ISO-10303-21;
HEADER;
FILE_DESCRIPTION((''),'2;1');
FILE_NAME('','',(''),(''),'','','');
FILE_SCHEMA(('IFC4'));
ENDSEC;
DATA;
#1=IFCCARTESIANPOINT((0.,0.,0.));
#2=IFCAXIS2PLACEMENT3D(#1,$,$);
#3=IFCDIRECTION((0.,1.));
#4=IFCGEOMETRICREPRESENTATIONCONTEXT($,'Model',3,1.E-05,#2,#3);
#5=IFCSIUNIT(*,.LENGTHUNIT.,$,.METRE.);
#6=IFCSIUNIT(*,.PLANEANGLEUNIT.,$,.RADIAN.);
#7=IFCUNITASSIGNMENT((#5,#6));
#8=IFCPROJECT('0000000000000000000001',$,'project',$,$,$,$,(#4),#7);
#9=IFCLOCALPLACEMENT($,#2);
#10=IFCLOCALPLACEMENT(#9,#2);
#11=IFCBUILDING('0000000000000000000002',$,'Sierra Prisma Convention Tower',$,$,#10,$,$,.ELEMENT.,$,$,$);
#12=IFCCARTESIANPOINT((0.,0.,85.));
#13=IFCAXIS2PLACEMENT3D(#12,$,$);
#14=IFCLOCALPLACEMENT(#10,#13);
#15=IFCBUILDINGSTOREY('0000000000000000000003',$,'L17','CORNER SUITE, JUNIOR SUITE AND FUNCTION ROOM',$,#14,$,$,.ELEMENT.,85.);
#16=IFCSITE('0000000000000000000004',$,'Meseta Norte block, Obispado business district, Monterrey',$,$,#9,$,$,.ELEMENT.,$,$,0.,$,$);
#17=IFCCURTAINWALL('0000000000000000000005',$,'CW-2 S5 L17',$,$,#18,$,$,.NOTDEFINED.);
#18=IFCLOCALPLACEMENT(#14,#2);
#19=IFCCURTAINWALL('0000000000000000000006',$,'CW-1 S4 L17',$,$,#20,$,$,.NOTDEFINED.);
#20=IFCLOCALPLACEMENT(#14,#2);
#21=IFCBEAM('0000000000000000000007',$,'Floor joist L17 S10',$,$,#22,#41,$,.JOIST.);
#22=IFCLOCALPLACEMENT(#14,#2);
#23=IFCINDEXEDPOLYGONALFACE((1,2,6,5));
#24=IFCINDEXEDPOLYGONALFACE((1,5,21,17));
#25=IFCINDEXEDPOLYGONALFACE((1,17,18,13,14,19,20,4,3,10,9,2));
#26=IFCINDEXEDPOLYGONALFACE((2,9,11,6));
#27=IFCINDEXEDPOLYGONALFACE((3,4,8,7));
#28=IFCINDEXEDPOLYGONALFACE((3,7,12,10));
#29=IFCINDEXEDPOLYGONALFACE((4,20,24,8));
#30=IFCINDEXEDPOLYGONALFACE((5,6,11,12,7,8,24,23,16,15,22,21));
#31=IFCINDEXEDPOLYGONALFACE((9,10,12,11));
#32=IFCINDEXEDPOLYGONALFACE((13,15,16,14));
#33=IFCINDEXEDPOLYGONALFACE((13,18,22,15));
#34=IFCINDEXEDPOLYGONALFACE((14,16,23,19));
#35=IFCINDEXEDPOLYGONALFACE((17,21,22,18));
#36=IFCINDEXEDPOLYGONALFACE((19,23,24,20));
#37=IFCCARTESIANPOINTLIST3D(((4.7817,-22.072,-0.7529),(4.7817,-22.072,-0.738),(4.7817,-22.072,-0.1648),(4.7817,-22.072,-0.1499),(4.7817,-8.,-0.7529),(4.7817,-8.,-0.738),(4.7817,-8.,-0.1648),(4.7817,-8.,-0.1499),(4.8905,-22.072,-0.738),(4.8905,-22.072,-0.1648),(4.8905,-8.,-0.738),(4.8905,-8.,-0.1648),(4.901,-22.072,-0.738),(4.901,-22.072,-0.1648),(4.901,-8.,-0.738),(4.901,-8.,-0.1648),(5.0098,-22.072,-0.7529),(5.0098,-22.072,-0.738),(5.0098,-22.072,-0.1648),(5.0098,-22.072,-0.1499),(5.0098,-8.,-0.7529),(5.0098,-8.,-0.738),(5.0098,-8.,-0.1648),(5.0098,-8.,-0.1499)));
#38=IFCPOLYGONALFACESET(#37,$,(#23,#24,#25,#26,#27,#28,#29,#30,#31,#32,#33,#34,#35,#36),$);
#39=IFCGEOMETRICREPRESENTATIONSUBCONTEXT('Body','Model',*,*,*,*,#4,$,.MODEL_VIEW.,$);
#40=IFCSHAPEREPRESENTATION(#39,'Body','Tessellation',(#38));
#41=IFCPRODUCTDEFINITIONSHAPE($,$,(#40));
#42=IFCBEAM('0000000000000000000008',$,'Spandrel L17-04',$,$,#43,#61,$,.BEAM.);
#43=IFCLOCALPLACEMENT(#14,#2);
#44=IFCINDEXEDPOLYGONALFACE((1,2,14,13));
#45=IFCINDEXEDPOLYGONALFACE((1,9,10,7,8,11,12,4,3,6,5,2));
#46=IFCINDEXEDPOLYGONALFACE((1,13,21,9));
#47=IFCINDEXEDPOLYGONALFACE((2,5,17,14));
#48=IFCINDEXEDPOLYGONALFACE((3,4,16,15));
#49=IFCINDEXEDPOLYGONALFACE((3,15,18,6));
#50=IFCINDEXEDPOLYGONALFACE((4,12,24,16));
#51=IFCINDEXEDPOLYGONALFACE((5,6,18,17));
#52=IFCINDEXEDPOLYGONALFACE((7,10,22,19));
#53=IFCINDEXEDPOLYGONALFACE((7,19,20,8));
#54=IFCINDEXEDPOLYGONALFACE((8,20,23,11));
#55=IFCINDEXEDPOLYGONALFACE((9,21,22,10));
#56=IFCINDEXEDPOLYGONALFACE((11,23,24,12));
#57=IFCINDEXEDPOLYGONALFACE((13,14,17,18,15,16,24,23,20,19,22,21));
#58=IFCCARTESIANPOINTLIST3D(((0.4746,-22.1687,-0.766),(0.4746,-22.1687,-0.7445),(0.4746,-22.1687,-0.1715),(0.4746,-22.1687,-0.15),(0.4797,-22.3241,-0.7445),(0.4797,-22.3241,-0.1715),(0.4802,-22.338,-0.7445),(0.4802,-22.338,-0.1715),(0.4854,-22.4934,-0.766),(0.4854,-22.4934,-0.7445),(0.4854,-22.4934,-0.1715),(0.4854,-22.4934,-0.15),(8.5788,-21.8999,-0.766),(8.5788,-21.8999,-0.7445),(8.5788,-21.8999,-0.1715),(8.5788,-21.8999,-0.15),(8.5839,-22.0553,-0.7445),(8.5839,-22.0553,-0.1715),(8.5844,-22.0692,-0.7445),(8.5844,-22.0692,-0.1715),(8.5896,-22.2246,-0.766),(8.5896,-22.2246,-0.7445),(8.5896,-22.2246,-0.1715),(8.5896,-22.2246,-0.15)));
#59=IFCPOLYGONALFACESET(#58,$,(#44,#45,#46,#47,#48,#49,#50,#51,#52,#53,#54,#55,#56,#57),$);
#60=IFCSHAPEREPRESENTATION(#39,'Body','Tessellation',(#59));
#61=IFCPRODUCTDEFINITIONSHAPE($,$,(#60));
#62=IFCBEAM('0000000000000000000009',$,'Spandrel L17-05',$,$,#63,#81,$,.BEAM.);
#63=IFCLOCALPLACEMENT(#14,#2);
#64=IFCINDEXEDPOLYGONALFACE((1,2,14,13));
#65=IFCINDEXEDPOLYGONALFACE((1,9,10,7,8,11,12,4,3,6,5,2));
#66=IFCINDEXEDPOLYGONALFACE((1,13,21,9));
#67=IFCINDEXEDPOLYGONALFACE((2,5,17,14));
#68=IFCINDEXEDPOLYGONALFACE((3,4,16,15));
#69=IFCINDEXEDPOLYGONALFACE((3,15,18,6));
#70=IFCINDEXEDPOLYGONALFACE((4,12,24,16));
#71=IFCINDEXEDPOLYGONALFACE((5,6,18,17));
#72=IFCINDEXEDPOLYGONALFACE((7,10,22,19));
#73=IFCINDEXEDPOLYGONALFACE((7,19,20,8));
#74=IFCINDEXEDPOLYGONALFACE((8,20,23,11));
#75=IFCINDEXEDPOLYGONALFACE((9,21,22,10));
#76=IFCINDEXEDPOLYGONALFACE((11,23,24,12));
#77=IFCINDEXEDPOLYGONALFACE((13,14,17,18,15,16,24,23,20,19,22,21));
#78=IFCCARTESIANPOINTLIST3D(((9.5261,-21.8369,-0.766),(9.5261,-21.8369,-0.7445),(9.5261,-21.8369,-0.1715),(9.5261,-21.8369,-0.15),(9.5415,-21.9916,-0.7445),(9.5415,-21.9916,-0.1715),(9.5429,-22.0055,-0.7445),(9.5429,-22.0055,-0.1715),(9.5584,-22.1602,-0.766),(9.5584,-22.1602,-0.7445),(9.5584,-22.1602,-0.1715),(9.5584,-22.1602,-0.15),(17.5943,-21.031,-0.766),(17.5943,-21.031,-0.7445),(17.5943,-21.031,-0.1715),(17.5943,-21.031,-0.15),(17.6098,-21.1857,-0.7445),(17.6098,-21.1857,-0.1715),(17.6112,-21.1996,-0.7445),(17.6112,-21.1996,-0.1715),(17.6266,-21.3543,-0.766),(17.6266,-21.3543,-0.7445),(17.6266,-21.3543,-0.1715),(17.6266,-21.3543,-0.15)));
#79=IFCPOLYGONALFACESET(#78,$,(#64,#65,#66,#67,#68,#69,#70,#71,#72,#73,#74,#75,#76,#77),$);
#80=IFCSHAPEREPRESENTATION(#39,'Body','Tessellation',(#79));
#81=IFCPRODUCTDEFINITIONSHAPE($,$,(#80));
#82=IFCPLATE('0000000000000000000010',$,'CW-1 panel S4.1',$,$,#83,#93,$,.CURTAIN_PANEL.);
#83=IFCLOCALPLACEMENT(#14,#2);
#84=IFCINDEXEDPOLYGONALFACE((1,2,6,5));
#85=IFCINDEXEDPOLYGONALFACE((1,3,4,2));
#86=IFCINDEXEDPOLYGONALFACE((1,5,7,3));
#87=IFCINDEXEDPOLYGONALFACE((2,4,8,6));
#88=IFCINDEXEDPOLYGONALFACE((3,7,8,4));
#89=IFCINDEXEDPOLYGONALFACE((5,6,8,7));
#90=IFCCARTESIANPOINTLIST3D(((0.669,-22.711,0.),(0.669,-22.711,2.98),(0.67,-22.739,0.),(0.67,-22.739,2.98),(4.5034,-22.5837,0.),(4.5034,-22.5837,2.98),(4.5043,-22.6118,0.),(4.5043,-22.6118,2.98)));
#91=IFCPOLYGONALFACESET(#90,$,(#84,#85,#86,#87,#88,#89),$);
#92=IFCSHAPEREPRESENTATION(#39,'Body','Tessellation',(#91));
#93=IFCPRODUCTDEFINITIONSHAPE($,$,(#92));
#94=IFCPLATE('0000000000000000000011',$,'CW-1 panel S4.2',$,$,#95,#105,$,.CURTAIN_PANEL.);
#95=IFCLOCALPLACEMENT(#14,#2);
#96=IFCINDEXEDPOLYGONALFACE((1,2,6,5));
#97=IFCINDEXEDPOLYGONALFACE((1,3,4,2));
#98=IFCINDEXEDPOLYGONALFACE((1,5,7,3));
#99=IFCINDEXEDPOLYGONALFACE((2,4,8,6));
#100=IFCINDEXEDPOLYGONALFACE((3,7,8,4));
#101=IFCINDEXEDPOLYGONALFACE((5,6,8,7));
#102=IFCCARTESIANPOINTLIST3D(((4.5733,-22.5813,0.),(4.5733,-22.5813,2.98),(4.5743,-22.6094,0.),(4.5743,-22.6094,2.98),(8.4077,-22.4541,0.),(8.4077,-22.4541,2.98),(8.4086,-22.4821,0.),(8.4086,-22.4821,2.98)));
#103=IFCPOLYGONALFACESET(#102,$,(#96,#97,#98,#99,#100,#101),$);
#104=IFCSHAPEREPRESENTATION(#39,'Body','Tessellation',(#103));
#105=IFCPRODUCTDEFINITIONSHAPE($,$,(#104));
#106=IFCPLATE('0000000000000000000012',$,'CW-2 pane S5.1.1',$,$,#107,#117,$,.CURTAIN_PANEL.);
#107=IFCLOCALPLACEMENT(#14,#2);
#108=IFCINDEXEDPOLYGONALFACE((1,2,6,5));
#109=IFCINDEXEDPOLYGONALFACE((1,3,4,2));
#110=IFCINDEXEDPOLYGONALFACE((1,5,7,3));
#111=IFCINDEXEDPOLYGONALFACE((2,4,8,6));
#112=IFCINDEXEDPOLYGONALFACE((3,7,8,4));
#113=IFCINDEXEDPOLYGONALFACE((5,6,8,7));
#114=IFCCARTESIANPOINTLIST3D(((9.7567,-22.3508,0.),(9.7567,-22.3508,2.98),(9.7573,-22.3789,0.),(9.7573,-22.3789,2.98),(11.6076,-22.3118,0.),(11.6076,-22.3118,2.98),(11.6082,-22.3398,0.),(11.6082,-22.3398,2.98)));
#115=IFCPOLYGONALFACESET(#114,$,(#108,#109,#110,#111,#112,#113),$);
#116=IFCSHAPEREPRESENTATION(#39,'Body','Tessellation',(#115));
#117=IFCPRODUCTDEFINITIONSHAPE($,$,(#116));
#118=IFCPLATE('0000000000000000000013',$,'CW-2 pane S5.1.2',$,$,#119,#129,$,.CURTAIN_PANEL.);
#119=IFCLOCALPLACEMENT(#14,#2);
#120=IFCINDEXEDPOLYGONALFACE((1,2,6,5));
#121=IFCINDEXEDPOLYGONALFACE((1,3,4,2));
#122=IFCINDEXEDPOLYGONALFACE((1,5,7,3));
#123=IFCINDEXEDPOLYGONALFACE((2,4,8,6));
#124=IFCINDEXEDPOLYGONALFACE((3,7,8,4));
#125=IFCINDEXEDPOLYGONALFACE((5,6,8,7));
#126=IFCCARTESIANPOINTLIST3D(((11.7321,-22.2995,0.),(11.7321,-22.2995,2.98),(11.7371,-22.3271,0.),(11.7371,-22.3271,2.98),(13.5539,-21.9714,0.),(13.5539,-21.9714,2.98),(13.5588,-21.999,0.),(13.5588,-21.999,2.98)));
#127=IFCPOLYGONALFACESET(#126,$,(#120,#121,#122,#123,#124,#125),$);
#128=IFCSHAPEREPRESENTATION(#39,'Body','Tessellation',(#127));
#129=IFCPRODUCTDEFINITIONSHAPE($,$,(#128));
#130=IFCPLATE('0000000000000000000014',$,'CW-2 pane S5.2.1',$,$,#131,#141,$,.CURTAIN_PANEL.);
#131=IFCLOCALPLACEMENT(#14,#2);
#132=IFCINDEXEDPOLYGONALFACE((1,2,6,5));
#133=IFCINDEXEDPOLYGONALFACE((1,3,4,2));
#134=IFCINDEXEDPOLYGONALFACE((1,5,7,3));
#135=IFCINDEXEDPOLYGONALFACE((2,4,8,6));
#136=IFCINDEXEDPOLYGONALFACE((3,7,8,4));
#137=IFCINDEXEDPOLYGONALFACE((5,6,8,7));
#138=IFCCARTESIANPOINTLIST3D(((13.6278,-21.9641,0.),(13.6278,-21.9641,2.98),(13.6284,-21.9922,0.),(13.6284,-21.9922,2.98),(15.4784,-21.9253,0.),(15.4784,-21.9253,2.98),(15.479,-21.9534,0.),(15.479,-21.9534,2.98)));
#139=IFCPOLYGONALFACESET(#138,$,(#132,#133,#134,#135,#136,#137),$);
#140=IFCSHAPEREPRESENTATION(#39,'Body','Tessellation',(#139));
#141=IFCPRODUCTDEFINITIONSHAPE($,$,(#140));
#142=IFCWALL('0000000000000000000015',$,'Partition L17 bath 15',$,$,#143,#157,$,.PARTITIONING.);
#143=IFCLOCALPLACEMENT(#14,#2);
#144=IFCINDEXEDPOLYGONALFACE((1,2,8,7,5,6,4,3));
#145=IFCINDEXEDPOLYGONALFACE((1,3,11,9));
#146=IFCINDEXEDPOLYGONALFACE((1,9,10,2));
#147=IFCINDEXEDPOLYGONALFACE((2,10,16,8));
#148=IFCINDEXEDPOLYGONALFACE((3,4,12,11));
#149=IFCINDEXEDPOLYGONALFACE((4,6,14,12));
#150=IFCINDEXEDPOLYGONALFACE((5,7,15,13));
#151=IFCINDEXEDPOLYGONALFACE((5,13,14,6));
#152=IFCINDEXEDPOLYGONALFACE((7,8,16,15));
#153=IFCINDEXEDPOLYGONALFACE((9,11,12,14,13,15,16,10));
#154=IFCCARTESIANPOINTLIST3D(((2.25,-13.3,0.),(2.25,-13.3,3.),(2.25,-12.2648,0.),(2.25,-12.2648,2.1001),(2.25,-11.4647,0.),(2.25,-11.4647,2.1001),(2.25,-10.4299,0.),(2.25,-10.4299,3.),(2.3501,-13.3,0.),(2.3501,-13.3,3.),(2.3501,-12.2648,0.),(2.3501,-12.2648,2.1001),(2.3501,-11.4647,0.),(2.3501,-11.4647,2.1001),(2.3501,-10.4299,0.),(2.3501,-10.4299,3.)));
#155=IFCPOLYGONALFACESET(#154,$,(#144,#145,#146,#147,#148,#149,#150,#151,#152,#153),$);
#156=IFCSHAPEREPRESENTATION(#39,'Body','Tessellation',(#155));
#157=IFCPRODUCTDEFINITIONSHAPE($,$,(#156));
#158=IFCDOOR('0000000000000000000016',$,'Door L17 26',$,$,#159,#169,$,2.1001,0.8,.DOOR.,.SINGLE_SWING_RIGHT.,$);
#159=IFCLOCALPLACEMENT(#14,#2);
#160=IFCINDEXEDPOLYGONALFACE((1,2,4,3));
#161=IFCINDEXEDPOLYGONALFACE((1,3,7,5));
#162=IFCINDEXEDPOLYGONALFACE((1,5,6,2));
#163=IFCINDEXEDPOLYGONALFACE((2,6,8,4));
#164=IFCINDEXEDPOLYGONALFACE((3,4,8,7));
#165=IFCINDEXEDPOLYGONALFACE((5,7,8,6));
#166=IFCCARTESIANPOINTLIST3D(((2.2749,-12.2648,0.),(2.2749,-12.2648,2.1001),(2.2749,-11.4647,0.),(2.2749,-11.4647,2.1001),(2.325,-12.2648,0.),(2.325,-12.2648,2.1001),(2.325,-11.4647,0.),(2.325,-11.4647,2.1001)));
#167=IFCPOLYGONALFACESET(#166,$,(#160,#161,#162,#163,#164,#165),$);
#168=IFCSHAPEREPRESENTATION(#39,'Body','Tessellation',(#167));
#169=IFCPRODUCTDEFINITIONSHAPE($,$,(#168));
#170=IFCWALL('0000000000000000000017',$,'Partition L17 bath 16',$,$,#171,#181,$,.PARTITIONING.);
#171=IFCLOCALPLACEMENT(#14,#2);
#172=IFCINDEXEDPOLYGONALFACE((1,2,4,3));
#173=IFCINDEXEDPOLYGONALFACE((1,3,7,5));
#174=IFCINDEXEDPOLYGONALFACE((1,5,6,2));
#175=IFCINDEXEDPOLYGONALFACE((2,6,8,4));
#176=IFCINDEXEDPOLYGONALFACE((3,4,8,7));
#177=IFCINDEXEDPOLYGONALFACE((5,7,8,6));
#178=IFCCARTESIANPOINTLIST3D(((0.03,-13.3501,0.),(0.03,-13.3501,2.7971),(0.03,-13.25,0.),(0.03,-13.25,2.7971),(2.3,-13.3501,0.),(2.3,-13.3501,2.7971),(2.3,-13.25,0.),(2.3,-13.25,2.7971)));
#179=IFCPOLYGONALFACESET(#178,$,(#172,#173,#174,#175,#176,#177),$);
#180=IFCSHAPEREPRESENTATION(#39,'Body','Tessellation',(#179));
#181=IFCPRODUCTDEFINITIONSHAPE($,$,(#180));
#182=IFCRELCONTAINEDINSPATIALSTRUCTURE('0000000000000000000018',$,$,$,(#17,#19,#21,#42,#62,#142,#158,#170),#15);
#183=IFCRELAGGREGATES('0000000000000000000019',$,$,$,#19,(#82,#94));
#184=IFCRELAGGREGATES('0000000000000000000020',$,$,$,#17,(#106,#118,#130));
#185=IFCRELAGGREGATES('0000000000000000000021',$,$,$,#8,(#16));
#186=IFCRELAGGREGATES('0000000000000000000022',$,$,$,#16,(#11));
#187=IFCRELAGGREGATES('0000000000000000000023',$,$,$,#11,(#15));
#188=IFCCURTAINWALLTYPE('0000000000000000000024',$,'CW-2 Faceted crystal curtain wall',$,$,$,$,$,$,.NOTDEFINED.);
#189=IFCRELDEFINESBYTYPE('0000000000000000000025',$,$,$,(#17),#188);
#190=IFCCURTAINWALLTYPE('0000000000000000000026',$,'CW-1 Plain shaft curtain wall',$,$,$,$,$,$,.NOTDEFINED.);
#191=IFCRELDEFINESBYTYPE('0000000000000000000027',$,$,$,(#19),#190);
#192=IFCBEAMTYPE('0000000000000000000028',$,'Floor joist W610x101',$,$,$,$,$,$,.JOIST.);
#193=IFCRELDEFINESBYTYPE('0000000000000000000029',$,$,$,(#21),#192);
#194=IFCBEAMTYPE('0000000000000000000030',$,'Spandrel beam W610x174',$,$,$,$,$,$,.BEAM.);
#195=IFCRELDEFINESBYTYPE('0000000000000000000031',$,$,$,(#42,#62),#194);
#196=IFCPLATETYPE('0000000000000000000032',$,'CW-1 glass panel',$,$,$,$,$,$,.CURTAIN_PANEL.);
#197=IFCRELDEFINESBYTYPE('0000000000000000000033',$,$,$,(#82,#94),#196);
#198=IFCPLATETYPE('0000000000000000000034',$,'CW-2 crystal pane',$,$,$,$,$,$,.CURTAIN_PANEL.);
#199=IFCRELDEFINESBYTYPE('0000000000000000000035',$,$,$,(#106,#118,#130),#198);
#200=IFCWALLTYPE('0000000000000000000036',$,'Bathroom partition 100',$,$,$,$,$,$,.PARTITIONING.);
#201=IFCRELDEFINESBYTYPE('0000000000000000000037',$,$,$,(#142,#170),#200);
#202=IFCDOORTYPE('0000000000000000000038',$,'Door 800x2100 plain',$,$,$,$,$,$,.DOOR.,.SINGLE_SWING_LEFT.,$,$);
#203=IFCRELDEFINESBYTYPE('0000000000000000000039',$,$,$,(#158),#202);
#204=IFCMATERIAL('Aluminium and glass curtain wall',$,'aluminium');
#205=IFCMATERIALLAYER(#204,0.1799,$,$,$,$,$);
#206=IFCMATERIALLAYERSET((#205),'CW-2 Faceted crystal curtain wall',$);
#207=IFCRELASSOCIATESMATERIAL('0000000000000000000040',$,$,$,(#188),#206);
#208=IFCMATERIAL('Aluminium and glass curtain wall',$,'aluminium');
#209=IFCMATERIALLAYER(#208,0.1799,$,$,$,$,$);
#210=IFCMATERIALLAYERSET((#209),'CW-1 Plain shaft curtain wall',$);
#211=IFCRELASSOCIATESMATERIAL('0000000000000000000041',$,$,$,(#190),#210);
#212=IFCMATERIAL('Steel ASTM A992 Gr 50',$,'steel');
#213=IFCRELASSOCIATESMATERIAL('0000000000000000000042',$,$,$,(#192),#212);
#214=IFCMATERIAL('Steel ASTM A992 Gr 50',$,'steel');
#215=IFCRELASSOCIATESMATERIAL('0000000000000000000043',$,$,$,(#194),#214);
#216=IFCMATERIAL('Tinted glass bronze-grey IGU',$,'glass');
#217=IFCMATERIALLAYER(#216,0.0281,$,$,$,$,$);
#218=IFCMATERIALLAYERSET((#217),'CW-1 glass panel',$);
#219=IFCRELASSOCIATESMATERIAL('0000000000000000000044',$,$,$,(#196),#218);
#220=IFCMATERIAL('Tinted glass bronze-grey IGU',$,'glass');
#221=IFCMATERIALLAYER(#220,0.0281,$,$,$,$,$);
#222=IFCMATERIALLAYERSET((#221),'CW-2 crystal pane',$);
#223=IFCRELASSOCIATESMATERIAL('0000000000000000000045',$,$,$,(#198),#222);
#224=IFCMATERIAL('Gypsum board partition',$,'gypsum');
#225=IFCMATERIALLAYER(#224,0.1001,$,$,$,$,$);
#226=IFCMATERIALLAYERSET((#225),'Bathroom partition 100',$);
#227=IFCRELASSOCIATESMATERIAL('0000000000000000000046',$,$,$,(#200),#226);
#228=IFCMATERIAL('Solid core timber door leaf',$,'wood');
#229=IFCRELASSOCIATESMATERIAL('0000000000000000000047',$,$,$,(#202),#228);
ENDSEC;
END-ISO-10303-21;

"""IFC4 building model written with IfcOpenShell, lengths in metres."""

from ifc_helpers import new_model, si_unit, direction, frame, frame_2d, origin, origin_2d, place, context, subcontext, project, spatial, polyline, rectangle, i_section, outline, extrude, material, layer, layer_set, material_profile, profile_set, type_object, element, fill, aggregate, save


model = new_model("IFC4")

# Units and contexts
model_context = context("Model", 3, precision=1e-05, world=origin(), true_north=direction((0.0, 1.0)))
body_context = subcontext(model_context, "Body", "Model", "MODEL_VIEW")
ifc_project = project(units=[si_unit("LENGTHUNIT", "METRE"), si_unit("PLANEANGLEUNIT", "RADIAN")], contexts=[model_context])

# Site, building, storey
site_placement = place(None, origin())
site = spatial("IfcSite", under=ifc_project, at=site_placement, Name="Meseta Norte block, Obispado business district, Monterrey", CompositionType="ELEMENT", RefElevation=0.0)
building_placement = place(site_placement, origin())
building = spatial("IfcBuilding", under=site, at=building_placement, Name="Sierra Prisma Convention Tower", CompositionType="ELEMENT")
storey_placement = place(building_placement, frame((0.0, 0.0, 85.0)))
storey = spatial("IfcBuildingStorey", under=building, at=storey_placement, Name="L17", Description="CORNER SUITE, JUNIOR SUITE AND FUNCTION ROOM", CompositionType="ELEMENT", Elevation=85.0)

# Curtain wall
ifc_material_1 = material(Name="Aluminium and glass curtain wall", Category="aluminium")
ifc_layer_1 = layer(ifc_material_1, 0.1799)
ifc_layer_set_1 = layer_set([ifc_layer_1], Name="CW-2 Faceted crystal curtain wall")
curtain_wall_type_1 = type_object("IfcCurtainWallType", Name="CW-2 Faceted crystal curtain wall", PredefinedType="NOTDEFINED", material=ifc_layer_set_1)
curtain_wall_1_placement = place(storey_placement, origin())
curtain_wall_1 = element("IfcCurtainWall", 1, at=curtain_wall_1_placement, inside=storey, type_object=curtain_wall_type_1, Name="CW-2 S5 L17", PredefinedType="NOTDEFINED")

# Curtain wall
ifc_material_2 = material(Name="Aluminium and glass curtain wall", Category="aluminium")
ifc_layer_2 = layer(ifc_material_2, 0.1799)
ifc_layer_set_2 = layer_set([ifc_layer_2], Name="CW-1 Plain shaft curtain wall")
curtain_wall_type_2 = type_object("IfcCurtainWallType", Name="CW-1 Plain shaft curtain wall", PredefinedType="NOTDEFINED", material=ifc_layer_set_2)
curtain_wall_2_placement = place(storey_placement, origin())
curtain_wall_2 = element("IfcCurtainWall", 2, at=curtain_wall_2_placement, inside=storey, type_object=curtain_wall_type_2, Name="CW-1 S4 L17", PredefinedType="NOTDEFINED")

# Beams
ifc_material_3 = material(Name="Steel ASTM A992 Gr 50", Category="steel")
ifc_material_profile_1 = material_profile(ifc_material_3, i_section(OverallWidth=0.228, OverallDepth=0.603, WebThickness=0.0105, FlangeThickness=0.0149, at=origin_2d()), Name="W610x101")
ifc_profile_set_1 = profile_set([ifc_material_profile_1], Name="Steel ASTM A992 Gr 50")
beam_type_1 = type_object("IfcBeamType", Name="Floor joist W610x101", PredefinedType="JOIST", material=ifc_profile_set_1)
beam_1_placement = place(storey_placement, frame((4.8958, -22.072, -0.4514), z_axis=(0.0, 1.0, 0.0), x_axis=(-1.0, 0.0, 0.0)))
element("IfcBeam", 3, at=beam_1_placement, inside=storey, type_object=beam_type_1, Name="Floor joist L17 S10", PredefinedType="JOIST", context=body_context, shape_type="SweptSolid", body=[
    extrude(i_section(OverallWidth=0.228, OverallDepth=0.603, WebThickness=0.0105, FlangeThickness=0.0149, at=origin_2d()), origin(), (0.0, 0.0, 1.0), 14.072),
])
ifc_material_4 = material(Name="Steel ASTM A992 Gr 50", Category="steel")
ifc_material_profile_2 = material_profile(ifc_material_4, i_section(OverallWidth=0.325, OverallDepth=0.616, WebThickness=0.0139, FlangeThickness=0.0215, at=origin_2d()), Name="W610x174")
ifc_profile_set_2 = profile_set([ifc_material_profile_2], Name="Steel ASTM A992 Gr 50")
beam_type_2 = type_object("IfcBeamType", Name="Spandrel beam W610x174", PredefinedType="BEAM", material=ifc_profile_set_2)
beam_2_placement = place(storey_placement, frame((0.48, -22.3311, -0.458), z_axis=(0.99945, 0.033149, 0.0), x_axis=(-0.033149, 0.99945, 0.0)))
element("IfcBeam", 4, at=beam_2_placement, inside=storey, type_object=beam_type_2, Name="Spandrel L17-04", PredefinedType="BEAM", context=body_context, shape_type="SweptSolid", body=[
    extrude(i_section(OverallWidth=0.325, OverallDepth=0.616, WebThickness=0.0139, FlangeThickness=0.0215, at=origin_2d()), origin(), (0.0, 0.0, 1.0), 8.1086),
])
beam_3_placement = place(storey_placement, frame((9.5422, -21.9985, -0.458), z_axis=(0.995049, 0.09939, 0.0), x_axis=(-0.09939, 0.995049, 0.0)))
element("IfcBeam", 5, at=beam_3_placement, inside=storey, type_object=beam_type_2, Name="Spandrel L17-05", PredefinedType="BEAM", context=body_context, shape_type="SweptSolid", body=[
    extrude(i_section(OverallWidth=0.325, OverallDepth=0.616, WebThickness=0.0139, FlangeThickness=0.0215, at=origin_2d()), origin(), (0.0, 0.0, 1.0), 8.1084),
])

# Plates
ifc_material_5 = material(Name="Tinted glass bronze-grey IGU", Category="glass")
ifc_layer_3 = layer(ifc_material_5, 0.0281)
ifc_layer_set_3 = layer_set([ifc_layer_3], Name="CW-1 glass panel")
plate_type_1 = type_object("IfcPlateType", Name="CW-1 glass panel", PredefinedType="CURTAIN_PANEL", material=ifc_layer_set_3)
plate_1_placement = place(storey_placement, frame((2.5867, -22.6614, 0.0), z_axis=(0.0, 0.0, 1.0), x_axis=(0.99945, 0.033176, 0.0)))
plate_1 = element("IfcPlate", 6, at=plate_1_placement, type_object=plate_type_1, Name="CW-1 panel S4.1", PredefinedType="CURTAIN_PANEL", context=body_context, shape_type="SweptSolid", body=[
    extrude(rectangle(XDim=3.8364, YDim=0.0281, at=origin_2d()), origin(), (0.0, 0.0, 1.0), 2.98),
])
plate_2_placement = place(storey_placement, frame((6.491, -22.5317, 0.0), z_axis=(0.0, 0.0, 1.0), x_axis=(0.99945, 0.033176, 0.0)))
plate_2 = element("IfcPlate", 7, at=plate_2_placement, type_object=plate_type_1, Name="CW-1 panel S4.2", PredefinedType="CURTAIN_PANEL", context=body_context, shape_type="SweptSolid", body=[
    extrude(rectangle(XDim=3.8364, YDim=0.0281, at=origin_2d()), origin(), (0.0, 0.0, 1.0), 2.98),
])
aggregate(curtain_wall_2, [plate_1, plate_2])
ifc_material_6 = material(Name="Tinted glass bronze-grey IGU", Category="glass")
ifc_layer_4 = layer(ifc_material_6, 0.0281)
ifc_layer_set_4 = layer_set([ifc_layer_4], Name="CW-2 crystal pane")
plate_type_2 = type_object("IfcPlateType", Name="CW-2 crystal pane", PredefinedType="CURTAIN_PANEL", material=ifc_layer_set_4)
plate_3_placement = place(storey_placement, frame((9.7573, -22.3789, 0.0), z_axis=(0.021101, -0.999777, 0.0), x_axis=(0.999777, 0.021101, 0.0)))
plate_3 = element("IfcPlate", 8, at=plate_3_placement, type_object=plate_type_2, Name="CW-2 pane S5.1.1", PredefinedType="CURTAIN_PANEL", context=body_context, shape_type="SweptSolid", body=[
    extrude(outline(polyline([(0.0, 0.0), (1.8512, 0.0), (1.8512, 2.98), (0.0, 2.98), (0.0, 0.0)])), origin(), (0.0, 0.0, -1.0), 0.0281),
])
plate_4_placement = place(storey_placement, frame((13.5588, -21.999, 0.0), z_axis=(0.17726, -0.984164, 0.0), x_axis=(-0.984164, -0.17726, 0.0)))
plate_4 = element("IfcPlate", 9, at=plate_4_placement, type_object=plate_type_2, Name="CW-2 pane S5.1.2", PredefinedType="CURTAIN_PANEL", context=body_context, shape_type="SweptSolid", body=[
    extrude(outline(polyline([(0.0, 0.0), (1.8511, 0.0), (1.8511, -2.98), (0.0, -2.98), (0.0, 0.0)])), origin(), (0.0, 0.0, -1.0), 0.0281),
])
plate_5_placement = place(storey_placement, frame((13.6284, -21.9922, 0.0), z_axis=(0.020972, -0.99978, 0.0), x_axis=(0.99978, 0.020972, 0.0)))
plate_5 = element("IfcPlate", 10, at=plate_5_placement, type_object=plate_type_2, Name="CW-2 pane S5.2.1", PredefinedType="CURTAIN_PANEL", context=body_context, shape_type="SweptSolid", body=[
    extrude(outline(polyline([(0.0, 0.0), (1.851, 0.0), (1.851, 2.98), (0.0, 2.98), (0.0, 0.0)])), origin(), (0.0, 0.0, -1.0), 0.0281),
])
aggregate(curtain_wall_1, [plate_3, plate_4, plate_5])

# Wall, opening, door
ifc_material_7 = material(Name="Gypsum board partition", Category="gypsum")
ifc_layer_5 = layer(ifc_material_7, 0.1001)
ifc_layer_set_5 = layer_set([ifc_layer_5], Name="Bathroom partition 100")
wall_type_1 = type_object("IfcWallType", Name="Bathroom partition 100", PredefinedType="PARTITIONING", material=ifc_layer_set_5)
wall_1_placement = place(storey_placement, frame((2.3, -10.4299, 0.0), z_axis=(0.0, 0.0, 1.0), x_axis=(0.0, -1.0, 0.0)))
wall_1 = element("IfcWall", 11, at=wall_1_placement, inside=storey, type_object=wall_type_1, Name="Partition L17 bath 15", PredefinedType="PARTITIONING", context=body_context, shape_type="SweptSolid", body=[
    extrude(rectangle(XDim=2.8701, YDim=0.1001, at=frame_2d((1.4351, 0.0))), origin(), (0.0, 0.0, 1.0), 3.0),
])
opening_1_placement = place(wall_1_placement, frame((1.0349, 0.0, 0.0)))
opening_1 = element("IfcOpeningElement", 12, at=opening_1_placement, cuts=wall_1, PredefinedType="OPENING", context=body_context, shape_type="SweptSolid", body=[
    extrude(rectangle(XDim=0.8, YDim=2.1001, at=frame_2d((0.3999, 1.05))), frame((0.0, 0.05, 0.0), z_axis=(0.0, -1.0, 0.0), x_axis=(1.0, 0.0, 0.0)), (0.0, 0.0, 1.0), 0.1001),
])
ifc_material_8 = material(Name="Solid core timber door leaf", Category="wood")
door_type = type_object("IfcDoorType", Name="Door 800x2100 plain", OperationType="SINGLE_SWING_LEFT", PredefinedType="DOOR", material=ifc_material_8)
door_1_placement = place(opening_1_placement, origin())
door_1 = element("IfcDoor", 13, at=door_1_placement, inside=storey, type_object=door_type, Name="Door L17 26", OperationType="SINGLE_SWING_RIGHT", OverallHeight=2.1001, OverallWidth=0.8, PredefinedType="DOOR", context=body_context, shape_type="SweptSolid", body=[
    extrude(rectangle(XDim=0.8, YDim=2.1001, at=frame_2d((0.3999, 1.05))), frame((0.0, 0.0249, 0.0), z_axis=(0.0, -1.0, 0.0), x_axis=(1.0, 0.0, 0.0)), (0.0, 0.0, 1.0), 0.05),
])
fill(opening_1, door_1)

# Wall
wall_2_placement = place(storey_placement, frame((2.3, -13.3, 0.0), z_axis=(0.0, 0.0, 1.0), x_axis=(-1.0, 0.0, 0.0)))
element("IfcWall", 14, at=wall_2_placement, inside=storey, type_object=wall_type_1, Name="Partition L17 bath 16", PredefinedType="PARTITIONING", context=body_context, shape_type="SweptSolid", body=[
    extrude(rectangle(XDim=2.27, YDim=0.1001, at=frame_2d((1.135, 0.0))), origin(), (0.0, 0.0, 1.0), 2.7971),
])

save(model, "model.ifc")
